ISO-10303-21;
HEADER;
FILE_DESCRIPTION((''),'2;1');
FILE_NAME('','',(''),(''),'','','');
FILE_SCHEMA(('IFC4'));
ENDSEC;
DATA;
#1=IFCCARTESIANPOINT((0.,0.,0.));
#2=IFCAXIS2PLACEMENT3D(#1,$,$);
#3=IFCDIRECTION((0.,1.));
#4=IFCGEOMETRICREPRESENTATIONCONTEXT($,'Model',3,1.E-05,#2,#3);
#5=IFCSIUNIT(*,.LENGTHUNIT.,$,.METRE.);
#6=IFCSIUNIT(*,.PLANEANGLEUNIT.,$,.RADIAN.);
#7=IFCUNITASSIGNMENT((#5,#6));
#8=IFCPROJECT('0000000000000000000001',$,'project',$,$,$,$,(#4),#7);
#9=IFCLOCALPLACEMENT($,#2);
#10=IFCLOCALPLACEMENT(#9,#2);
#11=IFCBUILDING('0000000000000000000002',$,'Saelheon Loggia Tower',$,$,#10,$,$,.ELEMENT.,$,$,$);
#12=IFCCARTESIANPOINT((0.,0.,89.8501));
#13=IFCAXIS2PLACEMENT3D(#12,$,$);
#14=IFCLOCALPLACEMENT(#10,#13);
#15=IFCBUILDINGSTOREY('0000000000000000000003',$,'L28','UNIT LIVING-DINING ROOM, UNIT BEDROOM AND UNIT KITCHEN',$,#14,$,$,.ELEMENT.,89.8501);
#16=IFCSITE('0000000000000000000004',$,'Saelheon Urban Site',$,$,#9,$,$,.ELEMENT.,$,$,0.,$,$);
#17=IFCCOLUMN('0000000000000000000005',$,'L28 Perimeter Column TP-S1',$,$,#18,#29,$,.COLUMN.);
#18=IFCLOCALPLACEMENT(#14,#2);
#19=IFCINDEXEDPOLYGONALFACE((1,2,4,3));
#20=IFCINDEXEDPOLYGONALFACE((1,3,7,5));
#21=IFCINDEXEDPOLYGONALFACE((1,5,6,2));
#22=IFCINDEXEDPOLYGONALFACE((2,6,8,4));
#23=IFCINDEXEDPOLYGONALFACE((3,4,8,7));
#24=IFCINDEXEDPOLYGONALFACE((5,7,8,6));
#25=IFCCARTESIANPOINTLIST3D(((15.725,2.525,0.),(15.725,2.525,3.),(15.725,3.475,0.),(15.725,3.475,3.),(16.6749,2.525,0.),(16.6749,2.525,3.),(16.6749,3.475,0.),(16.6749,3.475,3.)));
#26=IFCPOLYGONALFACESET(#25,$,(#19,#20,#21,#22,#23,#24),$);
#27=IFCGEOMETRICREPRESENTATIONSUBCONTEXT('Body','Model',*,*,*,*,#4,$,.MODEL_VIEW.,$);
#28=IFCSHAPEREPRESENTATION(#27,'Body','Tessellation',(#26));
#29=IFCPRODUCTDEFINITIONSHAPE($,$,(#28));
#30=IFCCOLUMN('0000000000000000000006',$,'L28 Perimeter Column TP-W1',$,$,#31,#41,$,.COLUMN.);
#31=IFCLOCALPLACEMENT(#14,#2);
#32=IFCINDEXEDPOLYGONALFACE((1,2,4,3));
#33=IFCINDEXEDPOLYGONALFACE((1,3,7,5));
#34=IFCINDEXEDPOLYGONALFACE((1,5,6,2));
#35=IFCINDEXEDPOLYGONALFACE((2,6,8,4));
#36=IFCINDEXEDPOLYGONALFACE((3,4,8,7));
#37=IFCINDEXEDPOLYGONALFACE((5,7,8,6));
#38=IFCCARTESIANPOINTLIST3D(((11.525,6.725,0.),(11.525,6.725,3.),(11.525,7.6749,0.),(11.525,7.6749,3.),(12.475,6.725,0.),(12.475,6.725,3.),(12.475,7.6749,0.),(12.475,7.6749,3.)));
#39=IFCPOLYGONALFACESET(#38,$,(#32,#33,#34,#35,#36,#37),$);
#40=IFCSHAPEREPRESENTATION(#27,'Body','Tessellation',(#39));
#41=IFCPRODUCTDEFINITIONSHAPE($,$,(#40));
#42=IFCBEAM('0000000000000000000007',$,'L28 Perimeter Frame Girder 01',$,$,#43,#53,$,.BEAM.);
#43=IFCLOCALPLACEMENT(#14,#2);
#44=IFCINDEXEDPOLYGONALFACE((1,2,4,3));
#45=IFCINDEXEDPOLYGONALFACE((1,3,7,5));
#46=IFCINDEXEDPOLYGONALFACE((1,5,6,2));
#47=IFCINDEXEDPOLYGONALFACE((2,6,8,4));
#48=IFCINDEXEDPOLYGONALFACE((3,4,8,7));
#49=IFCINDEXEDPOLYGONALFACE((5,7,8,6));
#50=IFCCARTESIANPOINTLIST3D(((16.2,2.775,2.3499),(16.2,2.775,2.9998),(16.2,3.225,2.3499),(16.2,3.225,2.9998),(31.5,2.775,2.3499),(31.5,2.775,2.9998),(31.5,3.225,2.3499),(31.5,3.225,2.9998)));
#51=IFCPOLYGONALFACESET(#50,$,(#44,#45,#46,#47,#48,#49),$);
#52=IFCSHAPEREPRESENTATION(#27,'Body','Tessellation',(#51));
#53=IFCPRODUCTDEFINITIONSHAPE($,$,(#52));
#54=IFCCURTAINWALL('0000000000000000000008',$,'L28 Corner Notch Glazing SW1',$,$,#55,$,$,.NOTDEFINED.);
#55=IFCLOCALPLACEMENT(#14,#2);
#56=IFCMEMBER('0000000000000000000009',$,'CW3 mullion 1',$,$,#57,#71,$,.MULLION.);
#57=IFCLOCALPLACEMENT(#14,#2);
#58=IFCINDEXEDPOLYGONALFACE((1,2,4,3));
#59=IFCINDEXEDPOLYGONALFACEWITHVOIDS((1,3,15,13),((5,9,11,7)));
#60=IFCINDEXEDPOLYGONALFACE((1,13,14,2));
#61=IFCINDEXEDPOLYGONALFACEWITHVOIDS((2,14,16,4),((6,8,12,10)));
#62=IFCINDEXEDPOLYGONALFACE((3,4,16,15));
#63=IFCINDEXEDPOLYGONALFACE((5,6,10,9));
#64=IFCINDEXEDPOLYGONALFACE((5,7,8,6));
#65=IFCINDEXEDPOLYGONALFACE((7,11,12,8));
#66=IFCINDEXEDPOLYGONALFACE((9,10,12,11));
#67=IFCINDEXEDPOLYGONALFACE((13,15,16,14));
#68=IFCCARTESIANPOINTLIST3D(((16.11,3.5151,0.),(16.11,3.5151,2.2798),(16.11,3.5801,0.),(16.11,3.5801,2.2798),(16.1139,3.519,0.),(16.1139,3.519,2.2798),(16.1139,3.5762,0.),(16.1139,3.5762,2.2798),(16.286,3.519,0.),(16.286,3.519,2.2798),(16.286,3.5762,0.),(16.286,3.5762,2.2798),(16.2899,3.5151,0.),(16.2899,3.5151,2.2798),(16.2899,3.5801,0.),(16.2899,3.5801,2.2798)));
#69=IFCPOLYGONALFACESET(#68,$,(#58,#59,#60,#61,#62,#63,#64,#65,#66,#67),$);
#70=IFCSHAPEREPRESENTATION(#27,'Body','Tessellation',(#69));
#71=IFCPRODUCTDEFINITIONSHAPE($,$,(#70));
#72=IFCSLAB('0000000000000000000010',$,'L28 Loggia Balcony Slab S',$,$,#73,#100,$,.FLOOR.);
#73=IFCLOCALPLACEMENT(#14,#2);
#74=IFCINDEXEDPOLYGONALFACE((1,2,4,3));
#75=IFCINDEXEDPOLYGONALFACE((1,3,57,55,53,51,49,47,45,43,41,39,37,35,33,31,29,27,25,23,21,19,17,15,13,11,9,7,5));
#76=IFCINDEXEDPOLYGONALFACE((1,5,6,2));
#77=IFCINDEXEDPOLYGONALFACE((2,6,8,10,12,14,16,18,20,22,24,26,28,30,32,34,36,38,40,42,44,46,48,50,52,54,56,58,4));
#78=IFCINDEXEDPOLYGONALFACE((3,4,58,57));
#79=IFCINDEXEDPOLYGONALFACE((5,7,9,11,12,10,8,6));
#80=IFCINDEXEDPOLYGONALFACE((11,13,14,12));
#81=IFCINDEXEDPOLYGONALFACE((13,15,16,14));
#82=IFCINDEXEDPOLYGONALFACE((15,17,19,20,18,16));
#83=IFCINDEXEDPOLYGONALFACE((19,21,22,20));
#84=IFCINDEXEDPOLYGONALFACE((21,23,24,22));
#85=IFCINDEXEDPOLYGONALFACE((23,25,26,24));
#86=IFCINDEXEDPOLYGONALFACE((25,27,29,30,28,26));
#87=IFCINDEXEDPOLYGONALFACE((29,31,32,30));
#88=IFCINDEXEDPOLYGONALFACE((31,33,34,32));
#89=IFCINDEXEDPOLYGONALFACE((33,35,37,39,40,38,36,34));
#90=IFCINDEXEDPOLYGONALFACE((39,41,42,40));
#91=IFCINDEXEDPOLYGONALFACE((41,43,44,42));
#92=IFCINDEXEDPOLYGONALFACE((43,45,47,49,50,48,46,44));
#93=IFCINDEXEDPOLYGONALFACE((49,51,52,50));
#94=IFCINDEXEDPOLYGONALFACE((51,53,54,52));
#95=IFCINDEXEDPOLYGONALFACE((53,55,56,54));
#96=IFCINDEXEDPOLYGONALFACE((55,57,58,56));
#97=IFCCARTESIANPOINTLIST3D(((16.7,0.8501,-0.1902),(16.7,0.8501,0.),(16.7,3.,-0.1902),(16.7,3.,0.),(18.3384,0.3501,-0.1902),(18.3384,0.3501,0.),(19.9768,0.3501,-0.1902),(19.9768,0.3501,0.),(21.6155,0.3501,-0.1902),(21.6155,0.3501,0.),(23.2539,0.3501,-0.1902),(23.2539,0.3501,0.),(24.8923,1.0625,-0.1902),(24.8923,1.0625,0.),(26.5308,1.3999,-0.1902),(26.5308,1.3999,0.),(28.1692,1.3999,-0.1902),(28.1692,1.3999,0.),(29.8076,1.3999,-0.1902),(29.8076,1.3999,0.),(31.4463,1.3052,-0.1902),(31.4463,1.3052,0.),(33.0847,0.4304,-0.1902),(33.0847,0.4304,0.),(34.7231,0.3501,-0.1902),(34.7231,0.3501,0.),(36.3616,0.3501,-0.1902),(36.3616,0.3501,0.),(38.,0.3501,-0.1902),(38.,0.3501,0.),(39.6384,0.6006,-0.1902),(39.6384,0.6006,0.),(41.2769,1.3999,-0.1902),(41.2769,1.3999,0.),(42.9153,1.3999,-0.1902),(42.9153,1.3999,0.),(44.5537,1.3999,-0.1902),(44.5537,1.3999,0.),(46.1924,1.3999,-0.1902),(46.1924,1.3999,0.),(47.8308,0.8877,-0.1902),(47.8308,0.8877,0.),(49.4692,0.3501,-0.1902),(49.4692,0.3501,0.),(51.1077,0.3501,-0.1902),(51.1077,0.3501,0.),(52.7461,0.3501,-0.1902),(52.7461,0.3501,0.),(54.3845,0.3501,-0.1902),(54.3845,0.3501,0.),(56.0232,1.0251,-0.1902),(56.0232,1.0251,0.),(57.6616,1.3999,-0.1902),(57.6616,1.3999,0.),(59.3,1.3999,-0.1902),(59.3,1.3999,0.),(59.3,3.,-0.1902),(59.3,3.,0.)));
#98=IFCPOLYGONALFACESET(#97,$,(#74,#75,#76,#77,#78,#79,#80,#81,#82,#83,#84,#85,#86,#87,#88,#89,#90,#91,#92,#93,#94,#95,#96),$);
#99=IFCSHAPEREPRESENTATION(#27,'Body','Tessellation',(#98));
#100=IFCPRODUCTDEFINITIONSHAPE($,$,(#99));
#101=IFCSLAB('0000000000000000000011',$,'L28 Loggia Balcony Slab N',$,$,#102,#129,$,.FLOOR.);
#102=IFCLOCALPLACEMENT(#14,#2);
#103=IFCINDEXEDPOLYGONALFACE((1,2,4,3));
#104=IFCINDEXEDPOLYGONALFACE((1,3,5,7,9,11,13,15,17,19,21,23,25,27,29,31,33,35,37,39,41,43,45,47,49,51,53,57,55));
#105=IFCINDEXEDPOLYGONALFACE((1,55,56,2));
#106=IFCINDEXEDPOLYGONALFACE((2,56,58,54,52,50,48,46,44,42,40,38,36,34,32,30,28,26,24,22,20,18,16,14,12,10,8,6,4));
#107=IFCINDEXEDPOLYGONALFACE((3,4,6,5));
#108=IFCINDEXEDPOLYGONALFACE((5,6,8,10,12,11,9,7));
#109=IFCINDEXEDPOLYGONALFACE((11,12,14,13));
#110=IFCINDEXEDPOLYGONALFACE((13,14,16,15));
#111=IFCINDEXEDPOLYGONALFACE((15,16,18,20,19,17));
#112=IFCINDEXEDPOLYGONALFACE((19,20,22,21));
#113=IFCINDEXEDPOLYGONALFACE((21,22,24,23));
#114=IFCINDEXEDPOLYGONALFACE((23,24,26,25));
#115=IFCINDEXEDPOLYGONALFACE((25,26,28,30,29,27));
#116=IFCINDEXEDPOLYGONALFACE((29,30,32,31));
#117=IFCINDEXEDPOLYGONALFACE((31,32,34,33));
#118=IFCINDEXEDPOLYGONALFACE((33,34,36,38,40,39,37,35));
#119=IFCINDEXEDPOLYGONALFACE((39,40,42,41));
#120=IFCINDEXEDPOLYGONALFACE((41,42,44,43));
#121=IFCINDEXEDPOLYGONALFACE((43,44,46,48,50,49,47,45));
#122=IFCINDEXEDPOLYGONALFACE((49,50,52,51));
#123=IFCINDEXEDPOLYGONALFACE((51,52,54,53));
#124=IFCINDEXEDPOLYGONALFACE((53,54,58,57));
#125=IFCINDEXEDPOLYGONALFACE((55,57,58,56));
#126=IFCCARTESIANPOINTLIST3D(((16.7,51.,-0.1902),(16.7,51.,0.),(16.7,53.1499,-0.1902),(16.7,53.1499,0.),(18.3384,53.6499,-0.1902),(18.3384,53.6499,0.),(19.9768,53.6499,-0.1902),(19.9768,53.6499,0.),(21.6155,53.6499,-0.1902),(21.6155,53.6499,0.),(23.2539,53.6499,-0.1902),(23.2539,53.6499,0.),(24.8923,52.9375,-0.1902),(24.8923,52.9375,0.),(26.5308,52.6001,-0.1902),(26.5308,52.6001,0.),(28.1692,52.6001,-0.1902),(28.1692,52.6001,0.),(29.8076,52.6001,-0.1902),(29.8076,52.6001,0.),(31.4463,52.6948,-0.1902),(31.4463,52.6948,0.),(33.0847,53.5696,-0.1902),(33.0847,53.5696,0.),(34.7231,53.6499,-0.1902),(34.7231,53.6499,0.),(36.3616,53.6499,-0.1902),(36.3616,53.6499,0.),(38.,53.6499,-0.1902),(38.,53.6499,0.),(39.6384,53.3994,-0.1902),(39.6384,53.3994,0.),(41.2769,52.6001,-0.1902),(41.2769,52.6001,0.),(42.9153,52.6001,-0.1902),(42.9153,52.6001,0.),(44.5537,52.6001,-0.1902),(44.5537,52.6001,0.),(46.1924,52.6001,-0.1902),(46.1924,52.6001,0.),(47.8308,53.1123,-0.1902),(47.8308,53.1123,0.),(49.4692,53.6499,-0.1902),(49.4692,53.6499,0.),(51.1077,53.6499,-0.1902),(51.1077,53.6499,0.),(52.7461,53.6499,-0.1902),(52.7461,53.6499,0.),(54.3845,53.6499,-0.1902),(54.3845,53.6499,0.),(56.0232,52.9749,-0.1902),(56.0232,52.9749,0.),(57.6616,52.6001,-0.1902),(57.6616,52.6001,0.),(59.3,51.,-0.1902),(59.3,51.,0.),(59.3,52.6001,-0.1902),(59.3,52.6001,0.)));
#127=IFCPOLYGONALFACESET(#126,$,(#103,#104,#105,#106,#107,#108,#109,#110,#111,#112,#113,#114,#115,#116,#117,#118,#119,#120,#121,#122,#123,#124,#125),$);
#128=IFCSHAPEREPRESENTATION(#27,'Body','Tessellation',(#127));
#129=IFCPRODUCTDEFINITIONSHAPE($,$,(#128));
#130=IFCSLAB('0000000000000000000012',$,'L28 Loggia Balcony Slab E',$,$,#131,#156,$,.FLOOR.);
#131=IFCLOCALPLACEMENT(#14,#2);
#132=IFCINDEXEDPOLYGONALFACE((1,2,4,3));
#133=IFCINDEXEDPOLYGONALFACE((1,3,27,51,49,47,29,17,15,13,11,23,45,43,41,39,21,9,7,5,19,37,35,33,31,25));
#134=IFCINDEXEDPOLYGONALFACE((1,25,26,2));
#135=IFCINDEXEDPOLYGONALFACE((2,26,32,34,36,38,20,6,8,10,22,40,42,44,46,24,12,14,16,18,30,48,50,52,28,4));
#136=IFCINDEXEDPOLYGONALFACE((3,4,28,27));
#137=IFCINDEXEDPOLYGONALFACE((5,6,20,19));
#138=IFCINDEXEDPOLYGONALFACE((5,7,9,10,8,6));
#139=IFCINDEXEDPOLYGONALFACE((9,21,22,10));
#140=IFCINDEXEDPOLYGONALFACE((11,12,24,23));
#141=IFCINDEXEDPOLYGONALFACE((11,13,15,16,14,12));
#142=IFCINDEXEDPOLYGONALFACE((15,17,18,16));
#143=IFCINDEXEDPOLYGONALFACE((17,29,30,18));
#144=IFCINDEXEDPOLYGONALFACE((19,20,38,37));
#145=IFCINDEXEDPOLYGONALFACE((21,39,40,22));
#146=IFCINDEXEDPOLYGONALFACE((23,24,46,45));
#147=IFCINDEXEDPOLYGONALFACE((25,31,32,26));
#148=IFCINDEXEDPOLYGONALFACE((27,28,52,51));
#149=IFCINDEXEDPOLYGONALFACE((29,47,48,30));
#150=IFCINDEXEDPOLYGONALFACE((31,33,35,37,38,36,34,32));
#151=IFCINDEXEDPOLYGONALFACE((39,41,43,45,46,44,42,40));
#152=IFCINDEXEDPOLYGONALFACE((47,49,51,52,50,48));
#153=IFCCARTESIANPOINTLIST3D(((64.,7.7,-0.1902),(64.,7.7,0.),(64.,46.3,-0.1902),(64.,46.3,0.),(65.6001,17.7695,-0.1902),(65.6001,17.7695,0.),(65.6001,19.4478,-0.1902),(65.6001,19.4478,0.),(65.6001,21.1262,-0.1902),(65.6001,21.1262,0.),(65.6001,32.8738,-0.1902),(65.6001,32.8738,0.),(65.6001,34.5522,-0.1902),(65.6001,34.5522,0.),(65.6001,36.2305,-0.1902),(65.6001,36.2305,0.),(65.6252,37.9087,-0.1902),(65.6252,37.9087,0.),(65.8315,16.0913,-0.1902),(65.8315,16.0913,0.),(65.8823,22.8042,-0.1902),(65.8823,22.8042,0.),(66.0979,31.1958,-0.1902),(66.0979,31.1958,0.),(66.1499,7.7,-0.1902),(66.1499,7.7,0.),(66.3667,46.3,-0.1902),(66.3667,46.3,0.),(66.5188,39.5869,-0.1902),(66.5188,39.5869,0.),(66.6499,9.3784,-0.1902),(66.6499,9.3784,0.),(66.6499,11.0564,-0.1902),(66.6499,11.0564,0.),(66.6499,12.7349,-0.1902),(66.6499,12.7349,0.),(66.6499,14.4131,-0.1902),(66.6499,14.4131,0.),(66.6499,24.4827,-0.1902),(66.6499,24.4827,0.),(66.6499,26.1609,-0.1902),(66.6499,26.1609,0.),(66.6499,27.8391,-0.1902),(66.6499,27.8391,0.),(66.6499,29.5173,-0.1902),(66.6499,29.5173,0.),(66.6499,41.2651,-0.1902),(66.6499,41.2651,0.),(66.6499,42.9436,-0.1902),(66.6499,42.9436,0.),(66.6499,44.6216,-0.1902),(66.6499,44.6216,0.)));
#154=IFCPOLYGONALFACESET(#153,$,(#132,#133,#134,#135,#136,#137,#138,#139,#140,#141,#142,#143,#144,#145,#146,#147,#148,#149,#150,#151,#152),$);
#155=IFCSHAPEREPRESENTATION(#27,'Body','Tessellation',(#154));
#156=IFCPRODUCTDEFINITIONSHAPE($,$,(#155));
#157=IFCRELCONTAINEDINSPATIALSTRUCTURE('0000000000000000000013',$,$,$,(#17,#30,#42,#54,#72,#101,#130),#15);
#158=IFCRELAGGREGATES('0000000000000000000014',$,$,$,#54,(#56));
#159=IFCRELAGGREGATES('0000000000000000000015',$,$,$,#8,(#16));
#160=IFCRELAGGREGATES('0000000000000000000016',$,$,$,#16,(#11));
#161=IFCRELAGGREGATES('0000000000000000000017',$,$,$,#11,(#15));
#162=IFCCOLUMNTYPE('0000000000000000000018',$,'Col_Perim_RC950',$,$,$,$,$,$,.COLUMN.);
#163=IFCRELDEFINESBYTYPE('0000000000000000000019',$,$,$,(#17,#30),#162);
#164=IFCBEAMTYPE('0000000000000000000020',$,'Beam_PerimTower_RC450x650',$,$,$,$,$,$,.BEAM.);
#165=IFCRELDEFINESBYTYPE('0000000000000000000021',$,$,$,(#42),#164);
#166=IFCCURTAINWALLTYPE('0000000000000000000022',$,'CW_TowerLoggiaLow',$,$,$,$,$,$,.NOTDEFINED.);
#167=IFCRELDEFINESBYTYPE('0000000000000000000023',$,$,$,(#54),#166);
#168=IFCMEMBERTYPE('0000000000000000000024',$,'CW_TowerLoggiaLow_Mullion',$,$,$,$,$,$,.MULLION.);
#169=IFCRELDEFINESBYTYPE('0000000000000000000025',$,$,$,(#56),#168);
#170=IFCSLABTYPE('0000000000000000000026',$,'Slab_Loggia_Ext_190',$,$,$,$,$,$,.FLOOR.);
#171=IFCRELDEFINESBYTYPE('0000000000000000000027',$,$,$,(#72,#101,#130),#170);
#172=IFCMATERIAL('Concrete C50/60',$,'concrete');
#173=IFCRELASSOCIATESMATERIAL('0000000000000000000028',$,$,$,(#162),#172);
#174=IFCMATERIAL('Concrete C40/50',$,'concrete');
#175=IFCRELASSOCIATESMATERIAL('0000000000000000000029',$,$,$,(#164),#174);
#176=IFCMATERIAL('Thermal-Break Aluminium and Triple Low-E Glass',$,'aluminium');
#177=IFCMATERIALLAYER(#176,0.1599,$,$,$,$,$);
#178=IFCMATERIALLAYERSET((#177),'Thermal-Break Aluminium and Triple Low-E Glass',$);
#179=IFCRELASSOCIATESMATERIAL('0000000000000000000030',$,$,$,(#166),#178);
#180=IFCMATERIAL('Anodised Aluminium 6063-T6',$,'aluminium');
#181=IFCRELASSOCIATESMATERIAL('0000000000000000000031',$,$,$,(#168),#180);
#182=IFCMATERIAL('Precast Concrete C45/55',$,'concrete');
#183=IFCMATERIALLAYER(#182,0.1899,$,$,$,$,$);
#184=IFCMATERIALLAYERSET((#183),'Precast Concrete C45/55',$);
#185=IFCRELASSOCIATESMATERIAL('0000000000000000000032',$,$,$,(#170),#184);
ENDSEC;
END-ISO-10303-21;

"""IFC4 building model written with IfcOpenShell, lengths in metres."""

from ifc_helpers import new_model, si_unit, direction, frame, origin, origin_2d, place, context, subcontext, project, spatial, polyline, rectangle, hollow_rectangle, outline, extrude, source, transform, mapped, material, layer, layer_set, material_profile, profile_set, type_object, element, aggregate, save


model = new_model("IFC4")

# Units and contexts
model_context = context("Model", 3, precision=1e-05, world=origin(), true_north=direction((0.0, 1.0)))
body_context = subcontext(model_context, "Body", "Model", "MODEL_VIEW")
ifc_project = project(units=[si_unit("LENGTHUNIT", "METRE"), si_unit("PLANEANGLEUNIT", "RADIAN")], contexts=[model_context])

# Site, building, storey
site_placement = place(None, origin())
site = spatial("IfcSite", under=ifc_project, at=site_placement, Name="Saelheon Urban Site", CompositionType="ELEMENT", RefElevation=0.0)
building_placement = place(site_placement, origin())
building = spatial("IfcBuilding", under=site, at=building_placement, Name="Saelheon Loggia Tower", CompositionType="ELEMENT")
storey_placement = place(building_placement, frame((0.0, 0.0, 89.8501)))
storey = spatial("IfcBuildingStorey", under=building, at=storey_placement, Name="L28", Description="UNIT LIVING-DINING ROOM, UNIT BEDROOM AND UNIT KITCHEN", CompositionType="ELEMENT", Elevation=89.8501)

# Columns
ifc_material_1 = material(Name="Concrete C50/60", Category="concrete")
ifc_material_profile_1 = material_profile(ifc_material_1, rectangle(XDim=0.95, YDim=0.95, at=origin_2d()), Name="RC-950x950")
ifc_profile_set_1 = profile_set([ifc_material_profile_1], Name="Concrete C50/60")
column_type = type_object("IfcColumnType", Name="Col_Perim_RC950", PredefinedType="COLUMN", material=ifc_profile_set_1)
shared_shape_1 = source(origin(), body_context, "Body", "SweptSolid", [
    extrude(rectangle(XDim=0.95, YDim=0.95, at=origin_2d()), origin(), (0.0, 0.0, 1.0), 3.0),
])
for number, where, z_axis, x_axis, name in (
    (1, (16.2, 3.0, 0.0), (0.0, 0.0, 1.0), (1.0, 0.0, 0.0), "L28 Perimeter Column TP-S1"),
    (2, (12.0, 7.2, 0.0), (0.0, 0.0, 1.0), (1.0, 0.0, 0.0), "L28 Perimeter Column TP-W1"),
):
    element("IfcColumn", number, at=place(storey_placement, frame(where, z_axis=z_axis, x_axis=x_axis)), inside=storey, type_object=column_type, Name=name, PredefinedType="COLUMN", context=body_context, shape_type="MappedRepresentation", body=[
        mapped(shared_shape_1, transform((0.0, 0.0, 0.0), scale=1.0)),
    ])

# Beam
ifc_material_2 = material(Name="Concrete C40/50", Category="concrete")
ifc_material_profile_2 = material_profile(ifc_material_2, rectangle(XDim=0.45, YDim=0.6499, at=origin_2d()), Name="RC-450x650")
ifc_profile_set_2 = profile_set([ifc_material_profile_2], Name="Concrete C40/50")
beam_type = type_object("IfcBeamType", Name="Beam_PerimTower_RC450x650", PredefinedType="BEAM", material=ifc_profile_set_2)
shared_shape_2 = source(origin(), body_context, "Body", "SweptSolid", [
    extrude(rectangle(XDim=0.45, YDim=0.6499, at=origin_2d()), origin(), (0.0, 0.0, 1.0), 15.3),
])
beam_placement = place(storey_placement, frame((16.2, 3.0, 2.6748), z_axis=(1.0, 0.0, 0.0), x_axis=(0.0, 1.0, 0.0)))
element("IfcBeam", 3, at=beam_placement, inside=storey, type_object=beam_type, Name="L28 Perimeter Frame Girder 01", PredefinedType="BEAM", context=body_context, shape_type="MappedRepresentation", body=[
    mapped(shared_shape_2, transform((0.0, 0.0, 0.0), scale=1.0)),
])

# Curtain wall, member
ifc_material_3 = material(Name="Thermal-Break Aluminium and Triple Low-E Glass", Category="aluminium")
ifc_layer_1 = layer(ifc_material_3, 0.1599)
ifc_layer_set_1 = layer_set([ifc_layer_1], Name="Thermal-Break Aluminium and Triple Low-E Glass")
curtain_wall_type = type_object("IfcCurtainWallType", Name="CW_TowerLoggiaLow", PredefinedType="NOTDEFINED", material=ifc_layer_set_1)
curtain_wall_placement = place(storey_placement, origin())
curtain_wall = element("IfcCurtainWall", 4, at=curtain_wall_placement, inside=storey, type_object=curtain_wall_type, Name="L28 Corner Notch Glazing SW1", PredefinedType="NOTDEFINED")
ifc_material_4 = material(Name="Anodised Aluminium 6063-T6", Category="aluminium")
ifc_material_profile_3 = material_profile(ifc_material_4, hollow_rectangle(XDim=0.0649, YDim=0.1799, WallThickness=0.0039, at=origin_2d()), Name="RHS-180x65x4")
ifc_profile_set_3 = profile_set([ifc_material_profile_3], Name="Anodised Aluminium 6063-T6")
member_type = type_object("IfcMemberType", Name="CW_TowerLoggiaLow_Mullion", PredefinedType="MULLION", material=ifc_profile_set_3)
shared_shape_3 = source(origin(), body_context, "Body", "SweptSolid", [
    extrude(hollow_rectangle(XDim=0.0649, YDim=0.1799, WallThickness=0.0039, at=origin_2d()), origin(), (0.0, 0.0, 1.0), 2.2798),
])
member_placement = place(storey_placement, frame((16.2, 3.5476, 0.0), z_axis=(0.0, 0.0, 1.0), x_axis=(0.0, 1.0, 0.0)))
member = element("IfcMember", 5, at=member_placement, type_object=member_type, Name="CW3 mullion 1", PredefinedType="MULLION", context=body_context, shape_type="MappedRepresentation", body=[
    mapped(shared_shape_3, transform((0.0, 0.0, 0.0), scale=1.0)),
])
aggregate(curtain_wall, [member])

# Slabs
ifc_material_5 = material(Name="Precast Concrete C45/55", Category="concrete")
ifc_layer_2 = layer(ifc_material_5, 0.1899)
ifc_layer_set_2 = layer_set([ifc_layer_2], Name="Precast Concrete C45/55")
slab_type_1 = type_object("IfcSlabType", Name="Slab_Loggia_Ext_190", PredefinedType="FLOOR", material=ifc_layer_set_2)
slab_1_placement = place(storey_placement, frame((0.0, 0.0, -0.1902)))
element("IfcSlab", 6, at=slab_1_placement, inside=storey, type_object=slab_type_1, Name="L28 Loggia Balcony Slab S", PredefinedType="FLOOR", context=body_context, shape_type="SweptSolid", body=[
    extrude(outline(polyline([(16.7, 0.8501), (18.3384, 0.3501), (19.9768, 0.3501), (21.6155, 0.3501), (23.2539, 0.3501), (24.8923, 1.0625), (26.5308, 1.3999), (28.1692, 1.3999), (29.8076, 1.3999), (31.4463, 1.3052), (33.0847, 0.4304), (34.7231, 0.3501), (36.3616, 0.3501), (38.0, 0.3501), (39.6384, 0.6006), (41.2769, 1.3999), (42.9153, 1.3999), (44.5537, 1.3999), (46.1924, 1.3999), (47.8308, 0.8877), (49.4692, 0.3501), (51.1077, 0.3501), (52.7461, 0.3501), (54.3845, 0.3501), (56.0232, 1.0251), (57.6616, 1.3999), (59.3, 1.3999), (59.3, 3.0), (16.7, 3.0), (16.7, 0.8501)])), origin(), (0.0, 0.0, 1.0), 0.1902),
])
slab_2_placement = place(storey_placement, frame((0.0, 0.0, -0.1902)))
element("IfcSlab", 7, at=slab_2_placement, inside=storey, type_object=slab_type_1, Name="L28 Loggia Balcony Slab N", PredefinedType="FLOOR", context=body_context, shape_type="SweptSolid", body=[
    extrude(outline(polyline([(16.7, 51.0), (59.3, 51.0), (59.3, 52.6001), (57.6616, 52.6001), (56.0232, 52.9749), (54.3845, 53.6499), (52.7461, 53.6499), (51.1077, 53.6499), (49.4692, 53.6499), (47.8308, 53.1123), (46.1924, 52.6001), (44.5537, 52.6001), (42.9153, 52.6001), (41.2769, 52.6001), (39.6384, 53.3994), (38.0, 53.6499), (36.3616, 53.6499), (34.7231, 53.6499), (33.0847, 53.5696), (31.4463, 52.6948), (29.8076, 52.6001), (28.1692, 52.6001), (26.5308, 52.6001), (24.8923, 52.9375), (23.2539, 53.6499), (21.6155, 53.6499), (19.9768, 53.6499), (18.3384, 53.6499), (16.7, 53.1499), (16.7, 51.0)])), origin(), (0.0, 0.0, 1.0), 0.1902),
])
slab_3_placement = place(storey_placement, frame((0.0, 0.0, -0.1902)))
element("IfcSlab", 8, at=slab_3_placement, inside=storey, type_object=slab_type_1, Name="L28 Loggia Balcony Slab E", PredefinedType="FLOOR", context=body_context, shape_type="SweptSolid", body=[
    extrude(outline(polyline([(64.0, 7.7), (66.1499, 7.7), (66.6499, 9.3784), (66.6499, 11.0564), (66.6499, 12.7349), (66.6499, 14.4131), (65.8315, 16.0913), (65.6001, 17.7695), (65.6001, 19.4478), (65.6001, 21.1262), (65.8823, 22.8042), (66.6499, 24.4827), (66.6499, 26.1609), (66.6499, 27.8391), (66.6499, 29.5173), (66.0979, 31.1958), (65.6001, 32.8738), (65.6001, 34.5522), (65.6001, 36.2305), (65.6252, 37.9087), (66.5188, 39.5869), (66.6499, 41.2651), (66.6499, 42.9436), (66.6499, 44.6216), (66.3667, 46.3), (64.0, 46.3), (64.0, 7.7)])), origin(), (0.0, 0.0, 1.0), 0.1902),
])

save(model, "model.ifc")
